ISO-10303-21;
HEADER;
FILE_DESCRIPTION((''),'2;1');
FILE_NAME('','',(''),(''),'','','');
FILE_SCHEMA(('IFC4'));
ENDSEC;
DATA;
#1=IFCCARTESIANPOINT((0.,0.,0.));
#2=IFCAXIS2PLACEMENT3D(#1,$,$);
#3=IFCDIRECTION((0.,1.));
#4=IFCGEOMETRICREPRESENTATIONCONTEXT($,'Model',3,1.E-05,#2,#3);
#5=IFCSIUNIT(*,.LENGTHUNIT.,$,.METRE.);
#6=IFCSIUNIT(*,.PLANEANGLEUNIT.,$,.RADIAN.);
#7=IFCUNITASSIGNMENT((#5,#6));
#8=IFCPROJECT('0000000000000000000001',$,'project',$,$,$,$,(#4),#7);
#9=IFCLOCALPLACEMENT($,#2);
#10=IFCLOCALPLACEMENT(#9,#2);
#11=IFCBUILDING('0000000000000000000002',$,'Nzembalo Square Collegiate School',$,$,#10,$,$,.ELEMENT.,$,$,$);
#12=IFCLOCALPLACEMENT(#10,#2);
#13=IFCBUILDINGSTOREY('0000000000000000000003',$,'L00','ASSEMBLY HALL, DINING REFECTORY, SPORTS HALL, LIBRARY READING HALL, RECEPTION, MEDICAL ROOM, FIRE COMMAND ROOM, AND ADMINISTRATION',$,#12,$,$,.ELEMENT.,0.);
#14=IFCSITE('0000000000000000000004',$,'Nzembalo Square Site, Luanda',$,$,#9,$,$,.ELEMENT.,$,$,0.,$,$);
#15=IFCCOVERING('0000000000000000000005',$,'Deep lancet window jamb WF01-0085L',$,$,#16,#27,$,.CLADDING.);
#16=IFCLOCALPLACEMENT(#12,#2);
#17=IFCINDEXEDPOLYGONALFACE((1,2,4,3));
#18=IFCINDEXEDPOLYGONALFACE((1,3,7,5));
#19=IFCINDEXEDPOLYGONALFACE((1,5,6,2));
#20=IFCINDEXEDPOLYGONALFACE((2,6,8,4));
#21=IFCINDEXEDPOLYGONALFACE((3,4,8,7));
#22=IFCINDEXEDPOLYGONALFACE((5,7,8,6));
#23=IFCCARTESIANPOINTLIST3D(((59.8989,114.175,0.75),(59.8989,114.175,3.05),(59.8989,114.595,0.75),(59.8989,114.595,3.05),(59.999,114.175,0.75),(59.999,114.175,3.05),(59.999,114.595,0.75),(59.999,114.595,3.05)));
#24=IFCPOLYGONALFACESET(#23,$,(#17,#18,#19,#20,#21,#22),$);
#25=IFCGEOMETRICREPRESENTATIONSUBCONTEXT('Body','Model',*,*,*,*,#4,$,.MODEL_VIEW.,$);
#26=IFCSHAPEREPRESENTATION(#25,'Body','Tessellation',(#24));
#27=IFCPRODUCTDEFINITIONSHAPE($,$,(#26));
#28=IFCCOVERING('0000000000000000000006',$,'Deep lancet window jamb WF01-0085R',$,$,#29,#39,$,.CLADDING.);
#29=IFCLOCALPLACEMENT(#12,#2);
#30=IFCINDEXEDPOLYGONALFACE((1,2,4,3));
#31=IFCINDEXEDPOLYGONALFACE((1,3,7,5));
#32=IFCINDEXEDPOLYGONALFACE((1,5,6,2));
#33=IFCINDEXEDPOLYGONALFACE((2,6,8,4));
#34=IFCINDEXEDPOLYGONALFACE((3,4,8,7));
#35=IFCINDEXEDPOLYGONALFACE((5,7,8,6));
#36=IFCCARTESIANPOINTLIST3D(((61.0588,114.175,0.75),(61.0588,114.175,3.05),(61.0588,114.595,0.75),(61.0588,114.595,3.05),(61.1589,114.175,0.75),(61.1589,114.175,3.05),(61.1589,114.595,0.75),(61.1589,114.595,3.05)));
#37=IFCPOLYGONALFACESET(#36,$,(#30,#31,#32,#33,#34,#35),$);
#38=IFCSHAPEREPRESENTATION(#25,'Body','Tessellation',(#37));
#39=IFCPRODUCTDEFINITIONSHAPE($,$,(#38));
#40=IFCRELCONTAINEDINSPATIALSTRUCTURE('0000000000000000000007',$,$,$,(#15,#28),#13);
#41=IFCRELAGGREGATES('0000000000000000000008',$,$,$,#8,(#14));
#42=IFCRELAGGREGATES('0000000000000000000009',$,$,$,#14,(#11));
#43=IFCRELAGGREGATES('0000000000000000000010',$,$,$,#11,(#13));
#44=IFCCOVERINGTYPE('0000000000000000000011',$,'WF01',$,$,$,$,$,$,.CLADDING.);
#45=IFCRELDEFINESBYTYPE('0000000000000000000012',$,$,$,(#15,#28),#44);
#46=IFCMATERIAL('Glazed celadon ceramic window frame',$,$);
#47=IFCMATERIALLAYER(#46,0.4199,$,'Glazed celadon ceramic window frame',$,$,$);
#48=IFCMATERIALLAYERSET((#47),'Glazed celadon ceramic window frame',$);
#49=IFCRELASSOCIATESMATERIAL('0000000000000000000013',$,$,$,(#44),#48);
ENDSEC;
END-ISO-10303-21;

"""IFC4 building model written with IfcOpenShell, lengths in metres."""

from ifc_helpers import new_model, si_unit, direction, frame, origin, origin_2d, place, context, subcontext, project, spatial, rectangle, extrude, material, layer, layer_set, type_object, element, save


model = new_model("IFC4")

# Units and contexts
model_context = context("Model", 3, precision=1e-05, world=origin(), true_north=direction((0.0, 1.0)))
body_context = subcontext(model_context, "Body", "Model", "MODEL_VIEW")
ifc_project = project(units=[si_unit("LENGTHUNIT", "METRE"), si_unit("PLANEANGLEUNIT", "RADIAN")], contexts=[model_context])

# Site, building, storey
site_placement = place(None, origin())
site = spatial("IfcSite", under=ifc_project, at=site_placement, Name="Nzembalo Square Site, Luanda", CompositionType="ELEMENT", RefElevation=0.0)
building_placement = place(site_placement, origin())
building = spatial("IfcBuilding", under=site, at=building_placement, Name="Nzembalo Square Collegiate School", CompositionType="ELEMENT")
storey_placement = place(building_placement, origin())
storey = spatial("IfcBuildingStorey", under=building, at=storey_placement, Name="L00", Description="ASSEMBLY HALL, DINING REFECTORY, SPORTS HALL, LIBRARY READING HALL, RECEPTION, MEDICAL ROOM, FIRE COMMAND ROOM, AND ADMINISTRATION", CompositionType="ELEMENT", Elevation=0.0)

# Coverings
ifc_material_1 = material(Name="Glazed celadon ceramic window frame")
ifc_layer_1 = layer(ifc_material_1, 0.4199, Name="Glazed celadon ceramic window frame")
ifc_layer_set_1 = layer_set([ifc_layer_1], Name="Glazed celadon ceramic window frame")
covering_type = type_object("IfcCoveringType", Name="WF01", PredefinedType="CLADDING", material=ifc_layer_set_1)
for number, where, z_axis, x_axis, name in (
    (1, (59.949, 114.385, 0.75), (0.0, 0.0, 1.0), (1.0, 0.0, 0.0), "Deep lancet window jamb WF01-0085L"),
    (2, (61.1089, 114.385, 0.75), (0.0, 0.0, 1.0), (1.0, 0.0, 0.0), "Deep lancet window jamb WF01-0085R"),
):
    element("IfcCovering", number, at=place(storey_placement, frame(where, z_axis=z_axis, x_axis=x_axis)), inside=storey, type_object=covering_type, Name=name, PredefinedType="CLADDING", context=body_context, shape_type="SweptSolid", body=[
        extrude(rectangle(XDim=0.1001, YDim=0.4199, at=origin_2d()), origin(), (0.0, 0.0, 1.0), 2.3),
    ])

save(model, "model.ifc")
